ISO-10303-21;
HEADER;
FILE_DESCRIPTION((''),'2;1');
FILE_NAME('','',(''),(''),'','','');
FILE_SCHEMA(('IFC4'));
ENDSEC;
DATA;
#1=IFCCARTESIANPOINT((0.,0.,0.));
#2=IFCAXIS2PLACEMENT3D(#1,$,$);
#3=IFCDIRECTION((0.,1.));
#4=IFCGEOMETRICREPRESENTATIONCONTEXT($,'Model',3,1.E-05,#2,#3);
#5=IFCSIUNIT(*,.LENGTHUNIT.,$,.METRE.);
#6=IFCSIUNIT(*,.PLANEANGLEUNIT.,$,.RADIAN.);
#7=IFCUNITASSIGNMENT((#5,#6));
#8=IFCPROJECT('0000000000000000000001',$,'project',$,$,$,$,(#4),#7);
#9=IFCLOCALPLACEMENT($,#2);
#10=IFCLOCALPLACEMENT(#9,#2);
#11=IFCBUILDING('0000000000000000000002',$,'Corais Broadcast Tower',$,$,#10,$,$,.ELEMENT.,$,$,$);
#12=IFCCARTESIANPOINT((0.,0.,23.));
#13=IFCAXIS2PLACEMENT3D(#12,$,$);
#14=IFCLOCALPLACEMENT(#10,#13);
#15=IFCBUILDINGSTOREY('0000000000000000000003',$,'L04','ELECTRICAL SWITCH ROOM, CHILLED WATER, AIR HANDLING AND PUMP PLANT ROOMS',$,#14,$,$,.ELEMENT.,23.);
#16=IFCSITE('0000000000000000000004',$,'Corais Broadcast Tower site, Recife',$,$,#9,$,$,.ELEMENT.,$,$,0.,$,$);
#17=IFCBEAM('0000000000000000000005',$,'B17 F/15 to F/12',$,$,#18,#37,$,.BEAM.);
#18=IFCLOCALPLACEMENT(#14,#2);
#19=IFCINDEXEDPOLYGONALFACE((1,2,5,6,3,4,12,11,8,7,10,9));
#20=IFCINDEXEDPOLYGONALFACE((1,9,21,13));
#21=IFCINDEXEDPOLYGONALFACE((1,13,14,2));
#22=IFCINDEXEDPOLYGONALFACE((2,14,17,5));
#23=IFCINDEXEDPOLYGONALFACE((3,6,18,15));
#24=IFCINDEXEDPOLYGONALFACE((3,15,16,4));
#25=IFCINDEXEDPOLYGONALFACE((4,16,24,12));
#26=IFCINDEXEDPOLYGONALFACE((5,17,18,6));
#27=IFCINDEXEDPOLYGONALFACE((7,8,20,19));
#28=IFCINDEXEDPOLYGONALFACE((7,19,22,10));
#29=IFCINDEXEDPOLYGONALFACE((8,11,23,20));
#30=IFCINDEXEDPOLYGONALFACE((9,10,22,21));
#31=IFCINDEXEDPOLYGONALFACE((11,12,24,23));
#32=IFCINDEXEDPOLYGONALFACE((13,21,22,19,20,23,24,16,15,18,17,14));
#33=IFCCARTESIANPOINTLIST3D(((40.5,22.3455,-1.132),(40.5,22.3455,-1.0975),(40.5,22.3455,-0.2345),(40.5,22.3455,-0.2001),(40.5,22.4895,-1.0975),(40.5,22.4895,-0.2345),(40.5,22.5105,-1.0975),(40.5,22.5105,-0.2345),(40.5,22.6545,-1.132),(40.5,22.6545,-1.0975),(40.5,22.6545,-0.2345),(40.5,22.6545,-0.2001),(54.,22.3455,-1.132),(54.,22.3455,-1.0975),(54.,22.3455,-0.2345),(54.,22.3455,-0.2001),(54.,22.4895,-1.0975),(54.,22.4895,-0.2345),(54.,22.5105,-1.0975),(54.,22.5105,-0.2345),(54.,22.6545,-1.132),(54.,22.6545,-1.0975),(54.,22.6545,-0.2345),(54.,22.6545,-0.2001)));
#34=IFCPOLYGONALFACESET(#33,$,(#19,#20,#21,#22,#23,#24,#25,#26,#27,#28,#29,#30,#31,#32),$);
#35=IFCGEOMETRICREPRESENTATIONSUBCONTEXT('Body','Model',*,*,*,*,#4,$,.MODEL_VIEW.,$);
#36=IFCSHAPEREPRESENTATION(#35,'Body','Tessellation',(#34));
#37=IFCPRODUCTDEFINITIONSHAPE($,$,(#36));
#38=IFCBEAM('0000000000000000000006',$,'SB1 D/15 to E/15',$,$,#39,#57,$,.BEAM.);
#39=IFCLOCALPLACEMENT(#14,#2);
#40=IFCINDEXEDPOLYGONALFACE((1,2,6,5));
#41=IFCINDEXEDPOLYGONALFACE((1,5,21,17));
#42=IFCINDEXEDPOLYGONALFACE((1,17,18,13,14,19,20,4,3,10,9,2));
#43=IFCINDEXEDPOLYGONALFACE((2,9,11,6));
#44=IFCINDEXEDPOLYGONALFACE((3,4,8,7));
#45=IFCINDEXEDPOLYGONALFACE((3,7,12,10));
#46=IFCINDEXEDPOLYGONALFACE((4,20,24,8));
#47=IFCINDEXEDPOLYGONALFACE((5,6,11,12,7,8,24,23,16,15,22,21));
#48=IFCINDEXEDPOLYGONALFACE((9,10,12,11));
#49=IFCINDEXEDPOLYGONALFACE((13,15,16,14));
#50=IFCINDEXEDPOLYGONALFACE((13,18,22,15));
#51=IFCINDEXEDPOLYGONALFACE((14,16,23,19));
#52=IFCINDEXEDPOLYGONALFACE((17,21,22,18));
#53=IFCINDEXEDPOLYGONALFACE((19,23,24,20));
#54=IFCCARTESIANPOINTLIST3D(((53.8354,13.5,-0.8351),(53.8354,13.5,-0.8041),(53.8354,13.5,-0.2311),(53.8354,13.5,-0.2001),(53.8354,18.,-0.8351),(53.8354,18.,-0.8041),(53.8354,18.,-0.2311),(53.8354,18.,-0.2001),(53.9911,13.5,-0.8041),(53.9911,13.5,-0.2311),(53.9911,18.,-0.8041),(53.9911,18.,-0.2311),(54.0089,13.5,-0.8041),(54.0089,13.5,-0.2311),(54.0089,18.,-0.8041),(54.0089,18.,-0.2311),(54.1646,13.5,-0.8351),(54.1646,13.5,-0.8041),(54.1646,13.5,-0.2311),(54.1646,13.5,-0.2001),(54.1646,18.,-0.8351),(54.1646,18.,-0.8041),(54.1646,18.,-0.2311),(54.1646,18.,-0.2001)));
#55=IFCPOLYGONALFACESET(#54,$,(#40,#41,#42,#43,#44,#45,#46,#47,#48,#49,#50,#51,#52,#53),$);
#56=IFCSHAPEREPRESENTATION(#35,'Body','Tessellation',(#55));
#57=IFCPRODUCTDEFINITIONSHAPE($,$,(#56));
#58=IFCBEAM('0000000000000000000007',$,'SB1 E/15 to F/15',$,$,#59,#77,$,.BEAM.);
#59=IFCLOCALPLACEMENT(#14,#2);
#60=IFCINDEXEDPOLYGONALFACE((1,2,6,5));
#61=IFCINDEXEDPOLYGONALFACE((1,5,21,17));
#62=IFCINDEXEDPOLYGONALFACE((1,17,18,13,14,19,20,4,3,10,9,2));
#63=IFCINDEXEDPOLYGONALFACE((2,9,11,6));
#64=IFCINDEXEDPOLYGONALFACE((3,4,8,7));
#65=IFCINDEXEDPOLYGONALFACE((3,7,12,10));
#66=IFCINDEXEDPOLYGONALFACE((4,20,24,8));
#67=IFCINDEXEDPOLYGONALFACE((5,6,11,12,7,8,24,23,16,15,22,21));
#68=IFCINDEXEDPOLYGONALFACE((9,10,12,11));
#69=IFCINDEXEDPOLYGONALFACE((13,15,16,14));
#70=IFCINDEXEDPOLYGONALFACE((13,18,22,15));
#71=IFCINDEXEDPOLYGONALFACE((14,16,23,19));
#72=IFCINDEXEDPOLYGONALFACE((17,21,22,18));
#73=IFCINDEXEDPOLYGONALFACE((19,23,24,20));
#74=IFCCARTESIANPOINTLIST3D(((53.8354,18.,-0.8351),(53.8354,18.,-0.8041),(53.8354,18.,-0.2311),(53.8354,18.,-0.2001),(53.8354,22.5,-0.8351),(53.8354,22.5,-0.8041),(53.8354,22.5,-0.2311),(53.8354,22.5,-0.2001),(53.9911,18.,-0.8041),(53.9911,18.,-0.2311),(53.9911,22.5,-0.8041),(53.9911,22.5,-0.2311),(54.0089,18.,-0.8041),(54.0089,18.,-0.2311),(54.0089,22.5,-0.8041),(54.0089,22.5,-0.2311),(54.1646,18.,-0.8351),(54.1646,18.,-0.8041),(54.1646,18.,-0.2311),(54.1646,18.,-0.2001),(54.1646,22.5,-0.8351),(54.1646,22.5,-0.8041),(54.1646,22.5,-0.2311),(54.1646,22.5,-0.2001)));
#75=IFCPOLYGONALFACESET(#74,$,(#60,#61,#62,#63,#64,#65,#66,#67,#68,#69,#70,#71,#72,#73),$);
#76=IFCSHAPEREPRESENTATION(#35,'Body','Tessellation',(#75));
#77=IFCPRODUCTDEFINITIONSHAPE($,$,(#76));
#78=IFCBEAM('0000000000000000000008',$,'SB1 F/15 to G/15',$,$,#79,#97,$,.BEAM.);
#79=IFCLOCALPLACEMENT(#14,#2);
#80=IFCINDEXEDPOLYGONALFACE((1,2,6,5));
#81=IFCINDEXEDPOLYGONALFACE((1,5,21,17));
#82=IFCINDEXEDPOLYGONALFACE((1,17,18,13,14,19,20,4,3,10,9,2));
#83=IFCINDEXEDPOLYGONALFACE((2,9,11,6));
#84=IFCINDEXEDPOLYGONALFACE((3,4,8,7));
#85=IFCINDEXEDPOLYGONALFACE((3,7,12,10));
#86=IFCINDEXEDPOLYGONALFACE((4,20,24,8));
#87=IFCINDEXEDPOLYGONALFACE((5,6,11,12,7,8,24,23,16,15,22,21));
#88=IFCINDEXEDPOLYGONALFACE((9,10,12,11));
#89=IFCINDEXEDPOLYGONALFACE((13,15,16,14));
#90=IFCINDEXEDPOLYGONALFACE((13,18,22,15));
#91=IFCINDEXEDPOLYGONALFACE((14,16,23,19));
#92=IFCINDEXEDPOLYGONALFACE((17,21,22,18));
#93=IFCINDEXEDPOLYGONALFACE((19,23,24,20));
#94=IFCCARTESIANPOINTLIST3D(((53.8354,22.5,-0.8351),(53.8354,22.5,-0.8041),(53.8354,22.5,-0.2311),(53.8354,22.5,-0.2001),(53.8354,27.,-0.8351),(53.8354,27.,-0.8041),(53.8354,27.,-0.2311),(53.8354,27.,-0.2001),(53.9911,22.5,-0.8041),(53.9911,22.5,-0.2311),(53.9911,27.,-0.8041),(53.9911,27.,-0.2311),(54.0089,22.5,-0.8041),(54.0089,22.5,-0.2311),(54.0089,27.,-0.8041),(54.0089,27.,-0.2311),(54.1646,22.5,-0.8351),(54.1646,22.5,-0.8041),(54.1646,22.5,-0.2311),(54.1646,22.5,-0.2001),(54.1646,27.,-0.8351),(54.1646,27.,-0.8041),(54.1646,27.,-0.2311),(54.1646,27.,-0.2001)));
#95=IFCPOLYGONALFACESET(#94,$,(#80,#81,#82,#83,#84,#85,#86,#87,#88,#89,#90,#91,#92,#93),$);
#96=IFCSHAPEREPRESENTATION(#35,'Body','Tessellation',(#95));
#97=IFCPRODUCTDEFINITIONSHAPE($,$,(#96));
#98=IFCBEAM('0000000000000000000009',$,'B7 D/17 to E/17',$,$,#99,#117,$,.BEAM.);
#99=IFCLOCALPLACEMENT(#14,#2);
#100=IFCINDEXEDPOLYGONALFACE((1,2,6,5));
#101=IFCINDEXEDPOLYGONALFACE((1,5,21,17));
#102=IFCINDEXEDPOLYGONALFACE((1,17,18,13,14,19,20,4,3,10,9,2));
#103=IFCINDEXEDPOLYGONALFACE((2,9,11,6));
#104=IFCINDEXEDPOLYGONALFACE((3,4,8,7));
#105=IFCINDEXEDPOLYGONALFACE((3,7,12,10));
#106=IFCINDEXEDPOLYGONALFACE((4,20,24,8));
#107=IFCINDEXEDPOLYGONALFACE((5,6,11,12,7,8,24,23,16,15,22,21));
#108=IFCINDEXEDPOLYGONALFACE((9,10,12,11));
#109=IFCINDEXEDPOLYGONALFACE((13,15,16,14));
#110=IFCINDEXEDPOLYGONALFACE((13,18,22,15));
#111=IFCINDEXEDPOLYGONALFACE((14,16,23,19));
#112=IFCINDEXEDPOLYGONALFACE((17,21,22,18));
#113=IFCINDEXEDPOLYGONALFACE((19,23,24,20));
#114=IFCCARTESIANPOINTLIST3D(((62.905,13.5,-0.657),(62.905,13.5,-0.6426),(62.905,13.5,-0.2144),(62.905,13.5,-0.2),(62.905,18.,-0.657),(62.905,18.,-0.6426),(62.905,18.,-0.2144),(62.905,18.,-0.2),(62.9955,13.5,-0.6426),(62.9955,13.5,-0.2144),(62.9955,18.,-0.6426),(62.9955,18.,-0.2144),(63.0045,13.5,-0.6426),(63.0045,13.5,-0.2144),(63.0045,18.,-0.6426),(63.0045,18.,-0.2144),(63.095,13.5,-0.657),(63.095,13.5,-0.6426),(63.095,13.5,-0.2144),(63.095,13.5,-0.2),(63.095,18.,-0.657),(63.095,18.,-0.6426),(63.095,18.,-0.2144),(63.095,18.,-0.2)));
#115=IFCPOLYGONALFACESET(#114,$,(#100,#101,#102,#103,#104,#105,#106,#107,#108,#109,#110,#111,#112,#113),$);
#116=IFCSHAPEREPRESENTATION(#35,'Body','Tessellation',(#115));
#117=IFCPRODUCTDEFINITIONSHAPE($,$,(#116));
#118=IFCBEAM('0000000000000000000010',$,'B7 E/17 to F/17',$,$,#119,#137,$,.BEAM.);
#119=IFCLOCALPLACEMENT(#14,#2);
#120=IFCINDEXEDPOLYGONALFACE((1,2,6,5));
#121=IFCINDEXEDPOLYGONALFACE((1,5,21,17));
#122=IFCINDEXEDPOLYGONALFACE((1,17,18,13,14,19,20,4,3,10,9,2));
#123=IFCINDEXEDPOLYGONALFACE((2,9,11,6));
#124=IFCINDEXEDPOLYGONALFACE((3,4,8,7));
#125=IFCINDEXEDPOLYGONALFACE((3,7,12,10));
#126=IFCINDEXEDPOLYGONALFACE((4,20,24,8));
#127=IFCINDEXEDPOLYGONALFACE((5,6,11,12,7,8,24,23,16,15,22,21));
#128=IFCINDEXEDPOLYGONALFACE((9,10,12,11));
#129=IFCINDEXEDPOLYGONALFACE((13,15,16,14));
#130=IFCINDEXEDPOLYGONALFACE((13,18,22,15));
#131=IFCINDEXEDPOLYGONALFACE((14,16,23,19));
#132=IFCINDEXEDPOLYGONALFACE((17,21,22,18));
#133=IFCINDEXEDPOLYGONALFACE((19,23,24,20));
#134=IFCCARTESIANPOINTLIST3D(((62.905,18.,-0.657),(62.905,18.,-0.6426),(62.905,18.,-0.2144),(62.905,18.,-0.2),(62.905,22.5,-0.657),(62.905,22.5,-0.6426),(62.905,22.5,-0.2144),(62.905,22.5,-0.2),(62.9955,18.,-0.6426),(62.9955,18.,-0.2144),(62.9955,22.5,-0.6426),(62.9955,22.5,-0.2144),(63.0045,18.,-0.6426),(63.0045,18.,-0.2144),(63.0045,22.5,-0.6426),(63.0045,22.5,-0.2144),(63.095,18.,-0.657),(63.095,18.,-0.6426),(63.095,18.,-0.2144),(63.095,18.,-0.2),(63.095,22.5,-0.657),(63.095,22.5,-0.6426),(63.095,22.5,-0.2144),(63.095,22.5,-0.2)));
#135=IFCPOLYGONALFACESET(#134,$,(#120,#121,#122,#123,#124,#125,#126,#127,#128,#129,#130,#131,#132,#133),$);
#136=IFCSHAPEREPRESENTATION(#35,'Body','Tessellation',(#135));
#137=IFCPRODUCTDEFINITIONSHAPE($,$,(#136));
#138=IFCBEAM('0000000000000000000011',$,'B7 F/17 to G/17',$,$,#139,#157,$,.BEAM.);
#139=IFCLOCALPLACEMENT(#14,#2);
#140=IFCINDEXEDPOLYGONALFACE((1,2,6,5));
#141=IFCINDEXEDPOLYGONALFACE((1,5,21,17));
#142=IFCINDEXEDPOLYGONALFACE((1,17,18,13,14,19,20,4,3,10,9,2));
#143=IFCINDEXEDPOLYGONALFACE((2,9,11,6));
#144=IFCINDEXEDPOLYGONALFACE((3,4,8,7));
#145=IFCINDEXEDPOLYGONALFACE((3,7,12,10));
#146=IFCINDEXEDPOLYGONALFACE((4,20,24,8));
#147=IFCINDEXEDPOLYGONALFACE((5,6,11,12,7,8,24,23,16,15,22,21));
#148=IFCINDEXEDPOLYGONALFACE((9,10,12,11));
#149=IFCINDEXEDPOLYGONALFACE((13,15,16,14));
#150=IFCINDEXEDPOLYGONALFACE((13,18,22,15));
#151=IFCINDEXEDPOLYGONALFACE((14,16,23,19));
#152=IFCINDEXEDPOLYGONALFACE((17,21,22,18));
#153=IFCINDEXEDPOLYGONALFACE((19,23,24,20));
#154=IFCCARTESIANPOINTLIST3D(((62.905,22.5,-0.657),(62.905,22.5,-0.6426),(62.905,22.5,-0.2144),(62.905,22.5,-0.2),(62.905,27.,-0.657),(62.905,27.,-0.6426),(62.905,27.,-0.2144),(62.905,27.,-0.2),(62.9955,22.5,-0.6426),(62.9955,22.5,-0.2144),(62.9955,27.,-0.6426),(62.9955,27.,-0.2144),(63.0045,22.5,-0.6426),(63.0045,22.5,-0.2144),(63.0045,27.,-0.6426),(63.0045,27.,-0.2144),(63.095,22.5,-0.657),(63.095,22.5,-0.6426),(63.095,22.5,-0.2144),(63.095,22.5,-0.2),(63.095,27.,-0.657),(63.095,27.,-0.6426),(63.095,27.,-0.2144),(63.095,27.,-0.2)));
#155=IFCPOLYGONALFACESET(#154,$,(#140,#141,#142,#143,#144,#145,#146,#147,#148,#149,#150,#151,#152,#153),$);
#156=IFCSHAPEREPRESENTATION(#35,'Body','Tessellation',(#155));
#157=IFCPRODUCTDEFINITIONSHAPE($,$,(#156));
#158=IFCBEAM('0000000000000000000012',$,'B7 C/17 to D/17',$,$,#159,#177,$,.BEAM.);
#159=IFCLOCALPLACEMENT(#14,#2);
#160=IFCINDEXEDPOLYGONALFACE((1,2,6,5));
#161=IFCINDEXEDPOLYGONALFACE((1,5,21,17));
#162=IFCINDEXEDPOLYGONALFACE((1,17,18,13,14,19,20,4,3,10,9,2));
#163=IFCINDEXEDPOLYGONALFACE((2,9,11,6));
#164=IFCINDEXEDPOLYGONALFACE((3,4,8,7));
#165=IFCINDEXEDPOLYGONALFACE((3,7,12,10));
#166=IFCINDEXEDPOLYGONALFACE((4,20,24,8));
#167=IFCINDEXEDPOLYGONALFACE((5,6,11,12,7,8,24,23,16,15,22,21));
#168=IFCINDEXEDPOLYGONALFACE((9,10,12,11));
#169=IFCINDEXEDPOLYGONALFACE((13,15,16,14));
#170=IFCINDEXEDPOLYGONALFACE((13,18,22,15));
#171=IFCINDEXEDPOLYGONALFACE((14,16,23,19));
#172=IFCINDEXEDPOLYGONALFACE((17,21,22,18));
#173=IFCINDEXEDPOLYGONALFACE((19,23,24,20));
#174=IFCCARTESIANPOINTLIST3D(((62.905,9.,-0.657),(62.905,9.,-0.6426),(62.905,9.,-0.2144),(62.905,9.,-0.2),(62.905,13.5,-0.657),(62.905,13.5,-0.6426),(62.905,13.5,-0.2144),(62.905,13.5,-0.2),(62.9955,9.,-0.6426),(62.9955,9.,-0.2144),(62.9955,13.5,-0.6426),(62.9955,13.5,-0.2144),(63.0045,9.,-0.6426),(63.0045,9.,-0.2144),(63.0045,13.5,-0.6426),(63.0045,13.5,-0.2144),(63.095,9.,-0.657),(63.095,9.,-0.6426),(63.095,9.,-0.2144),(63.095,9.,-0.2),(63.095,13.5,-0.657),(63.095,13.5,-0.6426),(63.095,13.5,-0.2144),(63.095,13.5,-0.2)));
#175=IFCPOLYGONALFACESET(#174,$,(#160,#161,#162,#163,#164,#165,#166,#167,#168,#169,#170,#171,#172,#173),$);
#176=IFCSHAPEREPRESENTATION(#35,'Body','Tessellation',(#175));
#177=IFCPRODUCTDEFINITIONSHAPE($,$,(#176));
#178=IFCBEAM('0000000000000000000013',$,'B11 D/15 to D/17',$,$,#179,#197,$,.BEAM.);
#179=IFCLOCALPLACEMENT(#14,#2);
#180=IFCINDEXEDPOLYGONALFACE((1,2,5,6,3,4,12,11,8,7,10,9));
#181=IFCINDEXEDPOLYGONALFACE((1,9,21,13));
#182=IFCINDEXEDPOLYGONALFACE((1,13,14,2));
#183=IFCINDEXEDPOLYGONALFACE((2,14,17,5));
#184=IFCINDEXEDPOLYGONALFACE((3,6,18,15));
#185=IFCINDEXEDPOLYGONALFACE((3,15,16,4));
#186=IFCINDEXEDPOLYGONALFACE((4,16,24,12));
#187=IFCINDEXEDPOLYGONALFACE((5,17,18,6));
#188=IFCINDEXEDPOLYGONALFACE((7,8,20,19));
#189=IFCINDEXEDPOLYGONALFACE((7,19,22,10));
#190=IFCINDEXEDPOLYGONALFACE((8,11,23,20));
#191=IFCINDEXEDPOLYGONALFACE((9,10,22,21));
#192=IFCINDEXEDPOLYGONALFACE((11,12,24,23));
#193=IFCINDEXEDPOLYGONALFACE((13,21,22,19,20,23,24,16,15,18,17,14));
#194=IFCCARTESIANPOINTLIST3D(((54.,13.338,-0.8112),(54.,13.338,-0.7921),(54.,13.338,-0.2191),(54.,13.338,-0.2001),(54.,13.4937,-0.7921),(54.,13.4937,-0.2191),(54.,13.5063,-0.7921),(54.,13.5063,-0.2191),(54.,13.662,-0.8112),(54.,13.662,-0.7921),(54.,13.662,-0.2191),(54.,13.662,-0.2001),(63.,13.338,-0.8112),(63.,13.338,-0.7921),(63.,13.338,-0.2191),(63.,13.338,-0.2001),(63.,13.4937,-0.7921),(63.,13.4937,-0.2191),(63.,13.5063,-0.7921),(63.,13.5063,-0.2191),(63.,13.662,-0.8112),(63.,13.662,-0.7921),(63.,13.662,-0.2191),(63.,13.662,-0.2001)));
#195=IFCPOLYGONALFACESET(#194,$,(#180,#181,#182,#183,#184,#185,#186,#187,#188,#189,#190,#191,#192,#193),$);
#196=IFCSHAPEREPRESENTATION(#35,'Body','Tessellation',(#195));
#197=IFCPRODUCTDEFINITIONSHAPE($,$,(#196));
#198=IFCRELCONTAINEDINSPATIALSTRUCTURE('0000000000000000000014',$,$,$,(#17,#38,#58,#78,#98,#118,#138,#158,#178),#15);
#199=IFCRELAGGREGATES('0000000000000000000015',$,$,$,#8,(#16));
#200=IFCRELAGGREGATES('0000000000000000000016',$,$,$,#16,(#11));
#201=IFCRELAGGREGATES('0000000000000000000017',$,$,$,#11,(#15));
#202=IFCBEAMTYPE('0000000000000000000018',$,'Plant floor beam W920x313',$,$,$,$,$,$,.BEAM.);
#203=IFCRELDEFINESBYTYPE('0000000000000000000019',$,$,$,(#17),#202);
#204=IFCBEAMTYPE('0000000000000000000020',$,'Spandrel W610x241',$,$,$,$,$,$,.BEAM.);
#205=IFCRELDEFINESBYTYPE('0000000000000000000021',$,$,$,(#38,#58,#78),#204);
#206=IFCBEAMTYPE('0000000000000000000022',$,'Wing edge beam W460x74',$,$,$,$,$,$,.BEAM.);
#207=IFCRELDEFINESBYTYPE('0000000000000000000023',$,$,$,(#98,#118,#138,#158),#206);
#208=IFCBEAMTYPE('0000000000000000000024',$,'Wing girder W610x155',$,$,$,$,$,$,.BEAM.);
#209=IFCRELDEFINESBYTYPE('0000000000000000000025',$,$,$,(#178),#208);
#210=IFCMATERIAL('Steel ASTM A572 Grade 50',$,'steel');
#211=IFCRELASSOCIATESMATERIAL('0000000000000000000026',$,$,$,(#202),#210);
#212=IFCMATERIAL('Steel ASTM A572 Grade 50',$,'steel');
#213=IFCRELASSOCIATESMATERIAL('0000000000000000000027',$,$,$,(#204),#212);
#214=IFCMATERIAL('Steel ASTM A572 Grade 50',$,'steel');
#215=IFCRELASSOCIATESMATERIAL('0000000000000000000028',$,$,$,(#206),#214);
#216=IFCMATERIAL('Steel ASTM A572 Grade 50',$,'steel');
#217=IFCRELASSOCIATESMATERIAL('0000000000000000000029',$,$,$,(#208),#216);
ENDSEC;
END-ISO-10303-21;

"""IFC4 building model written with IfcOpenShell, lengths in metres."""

from ifc_helpers import new_model, si_unit, direction, frame, origin, origin_2d, place, context, subcontext, project, spatial, i_section, extrude, material, material_profile, profile_set, type_object, element, save


model = new_model("IFC4")

# Units and contexts
model_context = context("Model", 3, precision=1e-05, world=origin(), true_north=direction((0.0, 1.0)))
body_context = subcontext(model_context, "Body", "Model", "MODEL_VIEW")
ifc_project = project(units=[si_unit("LENGTHUNIT", "METRE"), si_unit("PLANEANGLEUNIT", "RADIAN")], contexts=[model_context])

# Site, building, storey
site_placement = place(None, origin())
site = spatial("IfcSite", under=ifc_project, at=site_placement, Name="Corais Broadcast Tower site, Recife", CompositionType="ELEMENT", RefElevation=0.0)
building_placement = place(site_placement, origin())
building = spatial("IfcBuilding", under=site, at=building_placement, Name="Corais Broadcast Tower", CompositionType="ELEMENT")
storey_placement = place(building_placement, frame((0.0, 0.0, 23.0)))
storey = spatial("IfcBuildingStorey", under=building, at=storey_placement, Name="L04", Description="ELECTRICAL SWITCH ROOM, CHILLED WATER, AIR HANDLING AND PUMP PLANT ROOMS", CompositionType="ELEMENT", Elevation=23.0)

# Beams
ifc_material_1 = material(Name="Steel ASTM A572 Grade 50", Category="steel")
ifc_material_profile_1 = material_profile(ifc_material_1, i_section(OverallWidth=0.3091, OverallDepth=0.9319, WebThickness=0.021, FlangeThickness=0.0344, at=origin_2d()), Name="W920x313")
ifc_profile_set_1 = profile_set([ifc_material_profile_1], Name="Steel ASTM A572 Grade 50")
beam_type_1 = type_object("IfcBeamType", Name="Plant floor beam W920x313", PredefinedType="BEAM", material=ifc_profile_set_1)
beam_placement = place(storey_placement, frame((54.0, 22.5, -0.666), z_axis=(-1.0, 0.0, 0.0), x_axis=(0.0, -1.0, 0.0)))
element("IfcBeam", 1, at=beam_placement, inside=storey, type_object=beam_type_1, Name="B17 F/15 to F/12", PredefinedType="BEAM", context=body_context, shape_type="SweptSolid", body=[
    extrude(i_section(OverallWidth=0.3091, OverallDepth=0.9319, WebThickness=0.021, FlangeThickness=0.0344, at=origin_2d()), origin(), (0.0, 0.0, 1.0), 13.5),
])
ifc_material_2 = material(Name="Steel ASTM A572 Grade 50", Category="steel")
ifc_material_profile_2 = material_profile(ifc_material_2, i_section(OverallWidth=0.3291, OverallDepth=0.635, WebThickness=0.0178, FlangeThickness=0.031, at=origin_2d()), Name="W610x241")
ifc_profile_set_2 = profile_set([ifc_material_profile_2], Name="Steel ASTM A572 Grade 50")
beam_type_2 = type_object("IfcBeamType", Name="Spandrel W610x241", PredefinedType="BEAM", material=ifc_profile_set_2)
for number, where, z_axis, x_axis, name in (
    (2, (54.0, 13.5, -0.5176), (0.0, 1.0, 0.0), (-1.0, 0.0, 0.0), "SB1 D/15 to E/15"),
    (3, (54.0, 18.0, -0.5176), (0.0, 1.0, 0.0), (-1.0, 0.0, 0.0), "SB1 E/15 to F/15"),
    (4, (54.0, 22.5, -0.5176), (0.0, 1.0, 0.0), (-1.0, 0.0, 0.0), "SB1 F/15 to G/15"),
):
    element("IfcBeam", number, at=place(storey_placement, frame(where, z_axis=z_axis, x_axis=x_axis)), inside=storey, type_object=beam_type_2, Name=name, PredefinedType="BEAM", context=body_context, shape_type="SweptSolid", body=[
        extrude(i_section(OverallWidth=0.3291, OverallDepth=0.635, WebThickness=0.0178, FlangeThickness=0.031, at=origin_2d()), origin(), (0.0, 0.0, 1.0), 4.5),
    ])
ifc_material_3 = material(Name="Steel ASTM A572 Grade 50", Category="steel")
ifc_material_profile_3 = material_profile(ifc_material_3, i_section(OverallWidth=0.1899, OverallDepth=0.457, WebThickness=0.009, FlangeThickness=0.0144, at=origin_2d()), Name="W460x74")
ifc_profile_set_3 = profile_set([ifc_material_profile_3], Name="Steel ASTM A572 Grade 50")
beam_type_3 = type_object("IfcBeamType", Name="Wing edge beam W460x74", PredefinedType="BEAM", material=ifc_profile_set_3)
for number, where, z_axis, x_axis, name in (
    (5, (63.0, 13.5, -0.4285), (0.0, 1.0, 0.0), (-1.0, 0.0, 0.0), "B7 D/17 to E/17"),
    (6, (63.0, 18.0, -0.4285), (0.0, 1.0, 0.0), (-1.0, 0.0, 0.0), "B7 E/17 to F/17"),
    (7, (63.0, 22.5, -0.4285), (0.0, 1.0, 0.0), (-1.0, 0.0, 0.0), "B7 F/17 to G/17"),
    (8, (63.0, 9.0, -0.4285), (0.0, 1.0, 0.0), (-1.0, 0.0, 0.0), "B7 C/17 to D/17"),
):
    element("IfcBeam", number, at=place(storey_placement, frame(where, z_axis=z_axis, x_axis=x_axis)), inside=storey, type_object=beam_type_3, Name=name, PredefinedType="BEAM", context=body_context, shape_type="SweptSolid", body=[
        extrude(i_section(OverallWidth=0.1899, OverallDepth=0.457, WebThickness=0.009, FlangeThickness=0.0144, at=origin_2d()), origin(), (0.0, 0.0, 1.0), 4.5),
    ])
ifc_material_4 = material(Name="Steel ASTM A572 Grade 50", Category="steel")
ifc_material_profile_4 = material_profile(ifc_material_4, i_section(OverallWidth=0.324, OverallDepth=0.6111, WebThickness=0.0127, FlangeThickness=0.019, at=origin_2d()), Name="W610x155")
ifc_profile_set_4 = profile_set([ifc_material_profile_4], Name="Steel ASTM A572 Grade 50")
beam_type_4 = type_object("IfcBeamType", Name="Wing girder W610x155", PredefinedType="BEAM", material=ifc_profile_set_4)
for number, where, z_axis, x_axis, name in (
    (9, (54.0, 13.5, -0.5056), (1.0, 0.0, 0.0), (0.0, 1.0, 0.0), "B11 D/15 to D/17"),
):
    element("IfcBeam", number, at=place(storey_placement, frame(where, z_axis=z_axis, x_axis=x_axis)), inside=storey, type_object=beam_type_4, Name=name, PredefinedType="BEAM", context=body_context, shape_type="SweptSolid", body=[
        extrude(i_section(OverallWidth=0.324, OverallDepth=0.6111, WebThickness=0.0127, FlangeThickness=0.019, at=origin_2d()), origin(), (0.0, 0.0, 1.0), 9.0),
    ])

save(model, "model.ifc")
